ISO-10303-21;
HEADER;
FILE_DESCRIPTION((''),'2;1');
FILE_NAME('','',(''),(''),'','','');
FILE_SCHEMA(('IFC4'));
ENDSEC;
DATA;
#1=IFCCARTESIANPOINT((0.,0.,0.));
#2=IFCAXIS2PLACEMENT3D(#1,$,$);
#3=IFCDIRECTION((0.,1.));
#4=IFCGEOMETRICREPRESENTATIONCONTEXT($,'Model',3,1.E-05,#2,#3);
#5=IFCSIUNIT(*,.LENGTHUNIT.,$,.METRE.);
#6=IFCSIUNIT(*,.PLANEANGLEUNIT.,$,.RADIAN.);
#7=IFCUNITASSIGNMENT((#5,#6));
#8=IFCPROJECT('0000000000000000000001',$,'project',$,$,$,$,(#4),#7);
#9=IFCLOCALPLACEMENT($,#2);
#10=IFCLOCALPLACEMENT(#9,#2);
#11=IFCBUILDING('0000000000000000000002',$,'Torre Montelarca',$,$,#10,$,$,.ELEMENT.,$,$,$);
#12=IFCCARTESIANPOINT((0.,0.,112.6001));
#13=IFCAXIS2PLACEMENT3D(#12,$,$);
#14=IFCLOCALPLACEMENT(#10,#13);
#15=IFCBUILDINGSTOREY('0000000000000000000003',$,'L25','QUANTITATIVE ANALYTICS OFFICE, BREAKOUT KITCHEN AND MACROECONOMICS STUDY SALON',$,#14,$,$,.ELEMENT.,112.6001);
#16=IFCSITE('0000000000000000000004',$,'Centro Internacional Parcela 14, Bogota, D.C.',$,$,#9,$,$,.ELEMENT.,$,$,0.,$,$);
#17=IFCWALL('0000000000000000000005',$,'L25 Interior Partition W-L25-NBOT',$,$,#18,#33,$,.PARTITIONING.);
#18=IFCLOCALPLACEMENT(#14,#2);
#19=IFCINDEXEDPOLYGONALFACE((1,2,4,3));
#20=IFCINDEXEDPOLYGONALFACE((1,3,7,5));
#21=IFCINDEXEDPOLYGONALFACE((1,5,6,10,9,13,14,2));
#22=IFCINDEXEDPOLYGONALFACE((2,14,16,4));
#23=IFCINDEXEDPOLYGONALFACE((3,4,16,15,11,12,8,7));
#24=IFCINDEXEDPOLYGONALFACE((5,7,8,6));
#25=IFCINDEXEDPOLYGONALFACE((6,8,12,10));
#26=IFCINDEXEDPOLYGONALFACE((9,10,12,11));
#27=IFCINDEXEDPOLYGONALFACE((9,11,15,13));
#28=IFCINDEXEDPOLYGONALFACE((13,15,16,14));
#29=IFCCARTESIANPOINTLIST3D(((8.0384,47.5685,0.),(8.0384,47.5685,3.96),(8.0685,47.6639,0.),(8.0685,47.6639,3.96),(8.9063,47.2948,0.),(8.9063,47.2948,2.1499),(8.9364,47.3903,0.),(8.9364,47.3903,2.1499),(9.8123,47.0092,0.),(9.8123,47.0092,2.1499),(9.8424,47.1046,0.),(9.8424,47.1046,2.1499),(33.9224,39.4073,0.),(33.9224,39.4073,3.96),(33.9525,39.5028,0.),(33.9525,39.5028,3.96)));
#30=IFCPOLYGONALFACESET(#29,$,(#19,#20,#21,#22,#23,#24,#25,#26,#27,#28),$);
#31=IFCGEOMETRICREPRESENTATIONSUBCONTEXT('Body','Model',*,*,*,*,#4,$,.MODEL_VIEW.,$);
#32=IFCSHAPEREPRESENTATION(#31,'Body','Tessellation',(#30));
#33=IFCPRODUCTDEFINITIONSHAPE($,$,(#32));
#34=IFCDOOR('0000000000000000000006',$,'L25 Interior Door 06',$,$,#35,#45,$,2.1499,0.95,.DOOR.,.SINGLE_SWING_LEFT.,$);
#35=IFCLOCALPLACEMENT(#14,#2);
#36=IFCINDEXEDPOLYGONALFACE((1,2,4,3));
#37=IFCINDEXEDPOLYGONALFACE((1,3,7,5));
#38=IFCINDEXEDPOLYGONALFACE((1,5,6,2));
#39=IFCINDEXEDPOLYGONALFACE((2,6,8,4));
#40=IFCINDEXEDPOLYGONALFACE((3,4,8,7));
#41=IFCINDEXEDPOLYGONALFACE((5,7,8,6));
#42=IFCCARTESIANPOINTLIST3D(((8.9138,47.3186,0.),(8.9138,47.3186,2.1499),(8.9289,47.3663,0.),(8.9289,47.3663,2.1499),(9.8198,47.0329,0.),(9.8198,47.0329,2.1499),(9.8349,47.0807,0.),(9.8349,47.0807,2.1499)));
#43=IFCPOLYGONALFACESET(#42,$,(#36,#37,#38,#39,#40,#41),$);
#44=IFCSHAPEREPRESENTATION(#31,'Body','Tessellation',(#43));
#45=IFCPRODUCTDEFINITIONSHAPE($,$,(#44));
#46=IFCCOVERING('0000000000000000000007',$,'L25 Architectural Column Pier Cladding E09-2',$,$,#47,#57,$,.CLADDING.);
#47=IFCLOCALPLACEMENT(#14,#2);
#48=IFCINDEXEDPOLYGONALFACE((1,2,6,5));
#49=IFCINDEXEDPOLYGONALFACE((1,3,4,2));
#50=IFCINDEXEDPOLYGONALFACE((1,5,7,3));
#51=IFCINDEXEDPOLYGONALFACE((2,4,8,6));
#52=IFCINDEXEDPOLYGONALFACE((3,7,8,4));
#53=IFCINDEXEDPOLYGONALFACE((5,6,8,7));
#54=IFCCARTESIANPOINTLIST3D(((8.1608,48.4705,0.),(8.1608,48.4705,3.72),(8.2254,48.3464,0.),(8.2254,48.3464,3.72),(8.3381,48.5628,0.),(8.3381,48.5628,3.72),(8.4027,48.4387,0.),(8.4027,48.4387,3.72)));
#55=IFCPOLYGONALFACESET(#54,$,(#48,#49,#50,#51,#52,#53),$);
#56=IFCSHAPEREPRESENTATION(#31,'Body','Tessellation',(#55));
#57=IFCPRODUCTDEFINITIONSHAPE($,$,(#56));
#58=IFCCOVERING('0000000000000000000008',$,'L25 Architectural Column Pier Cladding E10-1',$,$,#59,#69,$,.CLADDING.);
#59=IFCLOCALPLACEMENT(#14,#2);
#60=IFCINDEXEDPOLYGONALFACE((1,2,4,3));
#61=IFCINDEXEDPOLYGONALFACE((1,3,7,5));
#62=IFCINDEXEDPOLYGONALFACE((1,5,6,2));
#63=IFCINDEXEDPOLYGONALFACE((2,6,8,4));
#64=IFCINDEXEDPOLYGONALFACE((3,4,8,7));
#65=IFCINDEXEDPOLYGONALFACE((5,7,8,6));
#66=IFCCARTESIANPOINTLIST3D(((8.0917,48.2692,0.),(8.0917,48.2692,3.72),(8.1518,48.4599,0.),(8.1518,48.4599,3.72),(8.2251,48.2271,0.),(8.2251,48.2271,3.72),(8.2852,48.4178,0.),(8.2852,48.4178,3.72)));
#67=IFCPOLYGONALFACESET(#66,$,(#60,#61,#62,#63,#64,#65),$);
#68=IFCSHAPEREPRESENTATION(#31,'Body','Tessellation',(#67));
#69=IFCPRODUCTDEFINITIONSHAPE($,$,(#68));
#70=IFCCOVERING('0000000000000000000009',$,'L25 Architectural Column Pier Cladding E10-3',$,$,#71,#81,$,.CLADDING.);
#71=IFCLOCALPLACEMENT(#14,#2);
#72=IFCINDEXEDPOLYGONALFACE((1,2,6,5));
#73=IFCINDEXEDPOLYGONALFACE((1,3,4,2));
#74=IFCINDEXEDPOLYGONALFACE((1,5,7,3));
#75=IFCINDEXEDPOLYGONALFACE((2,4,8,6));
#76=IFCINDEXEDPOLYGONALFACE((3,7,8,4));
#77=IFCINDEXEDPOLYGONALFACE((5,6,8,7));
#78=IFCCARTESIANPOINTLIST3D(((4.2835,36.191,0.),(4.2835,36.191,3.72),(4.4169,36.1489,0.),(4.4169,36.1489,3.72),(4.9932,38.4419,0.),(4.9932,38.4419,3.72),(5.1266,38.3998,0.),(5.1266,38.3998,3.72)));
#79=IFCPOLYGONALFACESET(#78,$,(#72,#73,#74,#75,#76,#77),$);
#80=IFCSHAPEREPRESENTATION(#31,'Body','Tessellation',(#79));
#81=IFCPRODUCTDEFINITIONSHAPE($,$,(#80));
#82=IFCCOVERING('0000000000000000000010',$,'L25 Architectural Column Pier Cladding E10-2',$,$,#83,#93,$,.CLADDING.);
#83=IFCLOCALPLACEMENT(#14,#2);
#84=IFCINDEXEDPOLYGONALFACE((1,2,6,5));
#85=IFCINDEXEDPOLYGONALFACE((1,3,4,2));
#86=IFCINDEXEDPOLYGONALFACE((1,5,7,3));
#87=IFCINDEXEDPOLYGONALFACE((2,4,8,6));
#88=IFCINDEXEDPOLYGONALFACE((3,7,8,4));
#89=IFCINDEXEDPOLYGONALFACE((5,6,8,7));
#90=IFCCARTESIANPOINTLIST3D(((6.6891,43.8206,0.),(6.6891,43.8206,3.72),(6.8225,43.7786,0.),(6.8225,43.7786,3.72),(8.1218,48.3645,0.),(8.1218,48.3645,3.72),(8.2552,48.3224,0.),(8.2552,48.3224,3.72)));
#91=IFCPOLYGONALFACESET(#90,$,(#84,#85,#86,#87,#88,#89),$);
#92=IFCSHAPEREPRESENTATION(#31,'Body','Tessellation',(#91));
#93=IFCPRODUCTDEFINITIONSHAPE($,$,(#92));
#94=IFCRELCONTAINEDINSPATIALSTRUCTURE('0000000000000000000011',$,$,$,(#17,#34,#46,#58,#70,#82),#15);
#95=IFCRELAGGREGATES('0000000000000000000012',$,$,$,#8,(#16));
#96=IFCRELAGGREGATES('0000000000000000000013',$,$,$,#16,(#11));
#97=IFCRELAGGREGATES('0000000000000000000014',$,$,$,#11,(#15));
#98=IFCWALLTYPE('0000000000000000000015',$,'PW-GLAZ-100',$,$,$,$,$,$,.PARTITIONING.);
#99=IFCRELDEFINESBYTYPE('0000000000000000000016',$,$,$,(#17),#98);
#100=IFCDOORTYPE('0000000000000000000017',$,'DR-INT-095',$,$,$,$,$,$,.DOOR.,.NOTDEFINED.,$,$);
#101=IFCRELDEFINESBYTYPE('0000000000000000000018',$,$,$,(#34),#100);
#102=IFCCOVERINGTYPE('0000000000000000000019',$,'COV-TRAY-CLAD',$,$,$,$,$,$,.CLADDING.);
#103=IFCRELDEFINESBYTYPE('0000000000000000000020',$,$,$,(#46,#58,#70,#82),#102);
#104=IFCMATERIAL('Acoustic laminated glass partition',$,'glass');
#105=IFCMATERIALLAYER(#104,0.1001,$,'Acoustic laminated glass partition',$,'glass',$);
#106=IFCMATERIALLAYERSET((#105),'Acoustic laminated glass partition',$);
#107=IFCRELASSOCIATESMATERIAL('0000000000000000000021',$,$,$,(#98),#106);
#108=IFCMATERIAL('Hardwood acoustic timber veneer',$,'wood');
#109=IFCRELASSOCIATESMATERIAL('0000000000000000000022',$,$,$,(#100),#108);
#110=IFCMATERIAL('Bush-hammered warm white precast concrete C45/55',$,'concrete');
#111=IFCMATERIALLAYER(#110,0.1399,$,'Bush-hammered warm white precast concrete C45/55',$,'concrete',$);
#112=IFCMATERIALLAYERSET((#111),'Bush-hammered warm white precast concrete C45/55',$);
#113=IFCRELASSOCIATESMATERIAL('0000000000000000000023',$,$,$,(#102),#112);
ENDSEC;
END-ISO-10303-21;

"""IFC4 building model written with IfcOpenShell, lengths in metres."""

from ifc_helpers import new_model, si_unit, direction, frame, frame_2d, origin, origin_2d, place, context, subcontext, project, spatial, rectangle, extrude, source, transform, mapped, material, layer, layer_set, type_object, element, fill, save


model = new_model("IFC4")

# Units and contexts
model_context = context("Model", 3, precision=1e-05, world=origin(), true_north=direction((0.0, 1.0)))
body_context = subcontext(model_context, "Body", "Model", "MODEL_VIEW")
ifc_project = project(units=[si_unit("LENGTHUNIT", "METRE"), si_unit("PLANEANGLEUNIT", "RADIAN")], contexts=[model_context])

# Site, building, storey
site_placement = place(None, origin())
site = spatial("IfcSite", under=ifc_project, at=site_placement, Name="Centro Internacional Parcela 14, Bogota, D.C.", CompositionType="ELEMENT", RefElevation=0.0)
building_placement = place(site_placement, origin())
building = spatial("IfcBuilding", under=site, at=building_placement, Name="Torre Montelarca", CompositionType="ELEMENT")
storey_placement = place(building_placement, frame((0.0, 0.0, 112.6001)))
storey = spatial("IfcBuildingStorey", under=building, at=storey_placement, Name="L25", Description="QUANTITATIVE ANALYTICS OFFICE, BREAKOUT KITCHEN AND MACROECONOMICS STUDY SALON", CompositionType="ELEMENT", Elevation=112.6001)

# Wall, opening, door
ifc_material_1 = material(Name="Acoustic laminated glass partition", Category="glass")
ifc_layer_1 = layer(ifc_material_1, 0.1001, Name="Acoustic laminated glass partition", Category="glass")
ifc_layer_set_1 = layer_set([ifc_layer_1], Name="Acoustic laminated glass partition")
wall_type_1 = type_object("IfcWallType", Name="PW-GLAZ-100", PredefinedType="PARTITIONING", material=ifc_layer_set_1)
wall_1_placement = place(storey_placement, frame((8.0535, 47.6162, 0.0), z_axis=(0.0, 0.0, 1.0), x_axis=(0.953718, -0.300703, 0.0)))
wall_1 = element("IfcWall", 1, at=wall_1_placement, inside=storey, type_object=wall_type_1, Name="L25 Interior Partition W-L25-NBOT", PredefinedType="PARTITIONING", context=body_context, shape_type="SweptSolid", body=[
    extrude(rectangle(XDim=27.1401, YDim=0.1001, at=frame_2d((13.5701, 0.0))), origin(), (0.0, 0.0, 1.0), 3.96),
])
opening_placement = place(wall_1_placement, frame((0.9099, 0.0, 0.0)))
opening = element("IfcOpeningElement", 2, at=opening_placement, cuts=wall_1, PredefinedType="OPENING", context=body_context, shape_type="SweptSolid", body=[
    extrude(rectangle(XDim=0.95, YDim=2.1499, at=frame_2d((0.4751, 1.075))), frame((0.0, 0.0601, 0.0), z_axis=(0.0, -1.0, 0.0), x_axis=(1.0, 0.0, 0.0)), (0.0, 0.0, 1.0), 0.1201),
])
ifc_material_2 = material(Name="Hardwood acoustic timber veneer", Category="wood")
door_type = type_object("IfcDoorType", Name="DR-INT-095", OperationType="NOTDEFINED", PredefinedType="DOOR", material=ifc_material_2)
shared_shape_1 = source(origin(), body_context, "Body", "SweptSolid", [
    extrude(rectangle(XDim=0.95, YDim=2.1499, at=frame_2d((0.4751, 1.075))), frame((0.0, 0.0249, 0.0), z_axis=(0.0, -1.0, 0.0), x_axis=(1.0, 0.0, 0.0)), (0.0, 0.0, 1.0), 0.05),
])
door_placement = place(opening_placement, origin())
door = element("IfcDoor", 3, at=door_placement, inside=storey, type_object=door_type, Name="L25 Interior Door 06", OperationType="SINGLE_SWING_LEFT", OverallHeight=2.1499, OverallWidth=0.95, PredefinedType="DOOR", context=body_context, shape_type="MappedRepresentation", body=[
    mapped(shared_shape_1, transform((0.0, 0.0, 0.0), scale=1.0)),
])
fill(opening, door)

# Coverings
ifc_material_3 = material(Name="Bush-hammered warm white precast concrete C45/55", Category="concrete")
ifc_layer_2 = layer(ifc_material_3, 0.1399, Name="Bush-hammered warm white precast concrete C45/55", Category="concrete")
ifc_layer_set_2 = layer_set([ifc_layer_2], Name="Bush-hammered warm white precast concrete C45/55")
covering_type = type_object("IfcCoveringType", Name="COV-TRAY-CLAD", PredefinedType="CLADDING", material=ifc_layer_set_2)
shared_shape_2 = source(origin(), body_context, "Body", "SweptSolid", [
    extrude(rectangle(XDim=0.2, YDim=0.1399, at=origin_2d()), origin(), (0.0, 0.0, 1.0), 3.72),
])
for number, where, z_axis, x_axis, name in (
    (4, (8.2817, 48.4546, 0.0), (0.0, 0.0, 1.0), (-0.887017, -0.461736, 0.0), "L25 Architectural Column Pier Cladding E09-2"),
    (5, (8.1885, 48.3435, 0.0), (0.0, 0.0, 1.0), (-0.300707, -0.953716, 0.0), "L25 Architectural Column Pier Cladding E10-1"),
):
    element("IfcCovering", number, at=place(storey_placement, frame(where, z_axis=z_axis, x_axis=x_axis)), inside=storey, type_object=covering_type, Name=name, PredefinedType="CLADDING", context=body_context, shape_type="MappedRepresentation", body=[
        mapped(shared_shape_2, transform((0.0, 0.0, 0.0), scale=1.0)),
    ])
shared_shape_3 = source(origin(), body_context, "Body", "SweptSolid", [
    extrude(rectangle(XDim=2.3601, YDim=0.1399, at=origin_2d()), origin(), (0.0, 0.0, 1.0), 3.72),
])
covering_1_placement = place(storey_placement, frame((4.7051, 37.2954, 0.0), z_axis=(0.0, 0.0, 1.0), x_axis=(-0.300707, -0.953716, 0.0)))
element("IfcCovering", 6, at=covering_1_placement, inside=storey, type_object=covering_type, Name="L25 Architectural Column Pier Cladding E10-3", PredefinedType="CLADDING", context=body_context, shape_type="MappedRepresentation", body=[
    mapped(shared_shape_3, transform((0.0, 0.0, 0.0), scale=1.0)),
])
shared_shape_4 = source(origin(), body_context, "Body", "SweptSolid", [
    extrude(rectangle(XDim=4.7644, YDim=0.1399, at=origin_2d()), origin(), (0.0, 0.0, 1.0), 3.72),
])
covering_2_placement = place(storey_placement, frame((7.4722, 46.0715, 0.0), z_axis=(0.0, 0.0, 1.0), x_axis=(-0.300707, -0.953716, 0.0)))
element("IfcCovering", 7, at=covering_2_placement, inside=storey, type_object=covering_type, Name="L25 Architectural Column Pier Cladding E10-2", PredefinedType="CLADDING", context=body_context, shape_type="MappedRepresentation", body=[
    mapped(shared_shape_4, transform((0.0, 0.0, 0.0), scale=1.0)),
])

save(model, "model.ifc")
